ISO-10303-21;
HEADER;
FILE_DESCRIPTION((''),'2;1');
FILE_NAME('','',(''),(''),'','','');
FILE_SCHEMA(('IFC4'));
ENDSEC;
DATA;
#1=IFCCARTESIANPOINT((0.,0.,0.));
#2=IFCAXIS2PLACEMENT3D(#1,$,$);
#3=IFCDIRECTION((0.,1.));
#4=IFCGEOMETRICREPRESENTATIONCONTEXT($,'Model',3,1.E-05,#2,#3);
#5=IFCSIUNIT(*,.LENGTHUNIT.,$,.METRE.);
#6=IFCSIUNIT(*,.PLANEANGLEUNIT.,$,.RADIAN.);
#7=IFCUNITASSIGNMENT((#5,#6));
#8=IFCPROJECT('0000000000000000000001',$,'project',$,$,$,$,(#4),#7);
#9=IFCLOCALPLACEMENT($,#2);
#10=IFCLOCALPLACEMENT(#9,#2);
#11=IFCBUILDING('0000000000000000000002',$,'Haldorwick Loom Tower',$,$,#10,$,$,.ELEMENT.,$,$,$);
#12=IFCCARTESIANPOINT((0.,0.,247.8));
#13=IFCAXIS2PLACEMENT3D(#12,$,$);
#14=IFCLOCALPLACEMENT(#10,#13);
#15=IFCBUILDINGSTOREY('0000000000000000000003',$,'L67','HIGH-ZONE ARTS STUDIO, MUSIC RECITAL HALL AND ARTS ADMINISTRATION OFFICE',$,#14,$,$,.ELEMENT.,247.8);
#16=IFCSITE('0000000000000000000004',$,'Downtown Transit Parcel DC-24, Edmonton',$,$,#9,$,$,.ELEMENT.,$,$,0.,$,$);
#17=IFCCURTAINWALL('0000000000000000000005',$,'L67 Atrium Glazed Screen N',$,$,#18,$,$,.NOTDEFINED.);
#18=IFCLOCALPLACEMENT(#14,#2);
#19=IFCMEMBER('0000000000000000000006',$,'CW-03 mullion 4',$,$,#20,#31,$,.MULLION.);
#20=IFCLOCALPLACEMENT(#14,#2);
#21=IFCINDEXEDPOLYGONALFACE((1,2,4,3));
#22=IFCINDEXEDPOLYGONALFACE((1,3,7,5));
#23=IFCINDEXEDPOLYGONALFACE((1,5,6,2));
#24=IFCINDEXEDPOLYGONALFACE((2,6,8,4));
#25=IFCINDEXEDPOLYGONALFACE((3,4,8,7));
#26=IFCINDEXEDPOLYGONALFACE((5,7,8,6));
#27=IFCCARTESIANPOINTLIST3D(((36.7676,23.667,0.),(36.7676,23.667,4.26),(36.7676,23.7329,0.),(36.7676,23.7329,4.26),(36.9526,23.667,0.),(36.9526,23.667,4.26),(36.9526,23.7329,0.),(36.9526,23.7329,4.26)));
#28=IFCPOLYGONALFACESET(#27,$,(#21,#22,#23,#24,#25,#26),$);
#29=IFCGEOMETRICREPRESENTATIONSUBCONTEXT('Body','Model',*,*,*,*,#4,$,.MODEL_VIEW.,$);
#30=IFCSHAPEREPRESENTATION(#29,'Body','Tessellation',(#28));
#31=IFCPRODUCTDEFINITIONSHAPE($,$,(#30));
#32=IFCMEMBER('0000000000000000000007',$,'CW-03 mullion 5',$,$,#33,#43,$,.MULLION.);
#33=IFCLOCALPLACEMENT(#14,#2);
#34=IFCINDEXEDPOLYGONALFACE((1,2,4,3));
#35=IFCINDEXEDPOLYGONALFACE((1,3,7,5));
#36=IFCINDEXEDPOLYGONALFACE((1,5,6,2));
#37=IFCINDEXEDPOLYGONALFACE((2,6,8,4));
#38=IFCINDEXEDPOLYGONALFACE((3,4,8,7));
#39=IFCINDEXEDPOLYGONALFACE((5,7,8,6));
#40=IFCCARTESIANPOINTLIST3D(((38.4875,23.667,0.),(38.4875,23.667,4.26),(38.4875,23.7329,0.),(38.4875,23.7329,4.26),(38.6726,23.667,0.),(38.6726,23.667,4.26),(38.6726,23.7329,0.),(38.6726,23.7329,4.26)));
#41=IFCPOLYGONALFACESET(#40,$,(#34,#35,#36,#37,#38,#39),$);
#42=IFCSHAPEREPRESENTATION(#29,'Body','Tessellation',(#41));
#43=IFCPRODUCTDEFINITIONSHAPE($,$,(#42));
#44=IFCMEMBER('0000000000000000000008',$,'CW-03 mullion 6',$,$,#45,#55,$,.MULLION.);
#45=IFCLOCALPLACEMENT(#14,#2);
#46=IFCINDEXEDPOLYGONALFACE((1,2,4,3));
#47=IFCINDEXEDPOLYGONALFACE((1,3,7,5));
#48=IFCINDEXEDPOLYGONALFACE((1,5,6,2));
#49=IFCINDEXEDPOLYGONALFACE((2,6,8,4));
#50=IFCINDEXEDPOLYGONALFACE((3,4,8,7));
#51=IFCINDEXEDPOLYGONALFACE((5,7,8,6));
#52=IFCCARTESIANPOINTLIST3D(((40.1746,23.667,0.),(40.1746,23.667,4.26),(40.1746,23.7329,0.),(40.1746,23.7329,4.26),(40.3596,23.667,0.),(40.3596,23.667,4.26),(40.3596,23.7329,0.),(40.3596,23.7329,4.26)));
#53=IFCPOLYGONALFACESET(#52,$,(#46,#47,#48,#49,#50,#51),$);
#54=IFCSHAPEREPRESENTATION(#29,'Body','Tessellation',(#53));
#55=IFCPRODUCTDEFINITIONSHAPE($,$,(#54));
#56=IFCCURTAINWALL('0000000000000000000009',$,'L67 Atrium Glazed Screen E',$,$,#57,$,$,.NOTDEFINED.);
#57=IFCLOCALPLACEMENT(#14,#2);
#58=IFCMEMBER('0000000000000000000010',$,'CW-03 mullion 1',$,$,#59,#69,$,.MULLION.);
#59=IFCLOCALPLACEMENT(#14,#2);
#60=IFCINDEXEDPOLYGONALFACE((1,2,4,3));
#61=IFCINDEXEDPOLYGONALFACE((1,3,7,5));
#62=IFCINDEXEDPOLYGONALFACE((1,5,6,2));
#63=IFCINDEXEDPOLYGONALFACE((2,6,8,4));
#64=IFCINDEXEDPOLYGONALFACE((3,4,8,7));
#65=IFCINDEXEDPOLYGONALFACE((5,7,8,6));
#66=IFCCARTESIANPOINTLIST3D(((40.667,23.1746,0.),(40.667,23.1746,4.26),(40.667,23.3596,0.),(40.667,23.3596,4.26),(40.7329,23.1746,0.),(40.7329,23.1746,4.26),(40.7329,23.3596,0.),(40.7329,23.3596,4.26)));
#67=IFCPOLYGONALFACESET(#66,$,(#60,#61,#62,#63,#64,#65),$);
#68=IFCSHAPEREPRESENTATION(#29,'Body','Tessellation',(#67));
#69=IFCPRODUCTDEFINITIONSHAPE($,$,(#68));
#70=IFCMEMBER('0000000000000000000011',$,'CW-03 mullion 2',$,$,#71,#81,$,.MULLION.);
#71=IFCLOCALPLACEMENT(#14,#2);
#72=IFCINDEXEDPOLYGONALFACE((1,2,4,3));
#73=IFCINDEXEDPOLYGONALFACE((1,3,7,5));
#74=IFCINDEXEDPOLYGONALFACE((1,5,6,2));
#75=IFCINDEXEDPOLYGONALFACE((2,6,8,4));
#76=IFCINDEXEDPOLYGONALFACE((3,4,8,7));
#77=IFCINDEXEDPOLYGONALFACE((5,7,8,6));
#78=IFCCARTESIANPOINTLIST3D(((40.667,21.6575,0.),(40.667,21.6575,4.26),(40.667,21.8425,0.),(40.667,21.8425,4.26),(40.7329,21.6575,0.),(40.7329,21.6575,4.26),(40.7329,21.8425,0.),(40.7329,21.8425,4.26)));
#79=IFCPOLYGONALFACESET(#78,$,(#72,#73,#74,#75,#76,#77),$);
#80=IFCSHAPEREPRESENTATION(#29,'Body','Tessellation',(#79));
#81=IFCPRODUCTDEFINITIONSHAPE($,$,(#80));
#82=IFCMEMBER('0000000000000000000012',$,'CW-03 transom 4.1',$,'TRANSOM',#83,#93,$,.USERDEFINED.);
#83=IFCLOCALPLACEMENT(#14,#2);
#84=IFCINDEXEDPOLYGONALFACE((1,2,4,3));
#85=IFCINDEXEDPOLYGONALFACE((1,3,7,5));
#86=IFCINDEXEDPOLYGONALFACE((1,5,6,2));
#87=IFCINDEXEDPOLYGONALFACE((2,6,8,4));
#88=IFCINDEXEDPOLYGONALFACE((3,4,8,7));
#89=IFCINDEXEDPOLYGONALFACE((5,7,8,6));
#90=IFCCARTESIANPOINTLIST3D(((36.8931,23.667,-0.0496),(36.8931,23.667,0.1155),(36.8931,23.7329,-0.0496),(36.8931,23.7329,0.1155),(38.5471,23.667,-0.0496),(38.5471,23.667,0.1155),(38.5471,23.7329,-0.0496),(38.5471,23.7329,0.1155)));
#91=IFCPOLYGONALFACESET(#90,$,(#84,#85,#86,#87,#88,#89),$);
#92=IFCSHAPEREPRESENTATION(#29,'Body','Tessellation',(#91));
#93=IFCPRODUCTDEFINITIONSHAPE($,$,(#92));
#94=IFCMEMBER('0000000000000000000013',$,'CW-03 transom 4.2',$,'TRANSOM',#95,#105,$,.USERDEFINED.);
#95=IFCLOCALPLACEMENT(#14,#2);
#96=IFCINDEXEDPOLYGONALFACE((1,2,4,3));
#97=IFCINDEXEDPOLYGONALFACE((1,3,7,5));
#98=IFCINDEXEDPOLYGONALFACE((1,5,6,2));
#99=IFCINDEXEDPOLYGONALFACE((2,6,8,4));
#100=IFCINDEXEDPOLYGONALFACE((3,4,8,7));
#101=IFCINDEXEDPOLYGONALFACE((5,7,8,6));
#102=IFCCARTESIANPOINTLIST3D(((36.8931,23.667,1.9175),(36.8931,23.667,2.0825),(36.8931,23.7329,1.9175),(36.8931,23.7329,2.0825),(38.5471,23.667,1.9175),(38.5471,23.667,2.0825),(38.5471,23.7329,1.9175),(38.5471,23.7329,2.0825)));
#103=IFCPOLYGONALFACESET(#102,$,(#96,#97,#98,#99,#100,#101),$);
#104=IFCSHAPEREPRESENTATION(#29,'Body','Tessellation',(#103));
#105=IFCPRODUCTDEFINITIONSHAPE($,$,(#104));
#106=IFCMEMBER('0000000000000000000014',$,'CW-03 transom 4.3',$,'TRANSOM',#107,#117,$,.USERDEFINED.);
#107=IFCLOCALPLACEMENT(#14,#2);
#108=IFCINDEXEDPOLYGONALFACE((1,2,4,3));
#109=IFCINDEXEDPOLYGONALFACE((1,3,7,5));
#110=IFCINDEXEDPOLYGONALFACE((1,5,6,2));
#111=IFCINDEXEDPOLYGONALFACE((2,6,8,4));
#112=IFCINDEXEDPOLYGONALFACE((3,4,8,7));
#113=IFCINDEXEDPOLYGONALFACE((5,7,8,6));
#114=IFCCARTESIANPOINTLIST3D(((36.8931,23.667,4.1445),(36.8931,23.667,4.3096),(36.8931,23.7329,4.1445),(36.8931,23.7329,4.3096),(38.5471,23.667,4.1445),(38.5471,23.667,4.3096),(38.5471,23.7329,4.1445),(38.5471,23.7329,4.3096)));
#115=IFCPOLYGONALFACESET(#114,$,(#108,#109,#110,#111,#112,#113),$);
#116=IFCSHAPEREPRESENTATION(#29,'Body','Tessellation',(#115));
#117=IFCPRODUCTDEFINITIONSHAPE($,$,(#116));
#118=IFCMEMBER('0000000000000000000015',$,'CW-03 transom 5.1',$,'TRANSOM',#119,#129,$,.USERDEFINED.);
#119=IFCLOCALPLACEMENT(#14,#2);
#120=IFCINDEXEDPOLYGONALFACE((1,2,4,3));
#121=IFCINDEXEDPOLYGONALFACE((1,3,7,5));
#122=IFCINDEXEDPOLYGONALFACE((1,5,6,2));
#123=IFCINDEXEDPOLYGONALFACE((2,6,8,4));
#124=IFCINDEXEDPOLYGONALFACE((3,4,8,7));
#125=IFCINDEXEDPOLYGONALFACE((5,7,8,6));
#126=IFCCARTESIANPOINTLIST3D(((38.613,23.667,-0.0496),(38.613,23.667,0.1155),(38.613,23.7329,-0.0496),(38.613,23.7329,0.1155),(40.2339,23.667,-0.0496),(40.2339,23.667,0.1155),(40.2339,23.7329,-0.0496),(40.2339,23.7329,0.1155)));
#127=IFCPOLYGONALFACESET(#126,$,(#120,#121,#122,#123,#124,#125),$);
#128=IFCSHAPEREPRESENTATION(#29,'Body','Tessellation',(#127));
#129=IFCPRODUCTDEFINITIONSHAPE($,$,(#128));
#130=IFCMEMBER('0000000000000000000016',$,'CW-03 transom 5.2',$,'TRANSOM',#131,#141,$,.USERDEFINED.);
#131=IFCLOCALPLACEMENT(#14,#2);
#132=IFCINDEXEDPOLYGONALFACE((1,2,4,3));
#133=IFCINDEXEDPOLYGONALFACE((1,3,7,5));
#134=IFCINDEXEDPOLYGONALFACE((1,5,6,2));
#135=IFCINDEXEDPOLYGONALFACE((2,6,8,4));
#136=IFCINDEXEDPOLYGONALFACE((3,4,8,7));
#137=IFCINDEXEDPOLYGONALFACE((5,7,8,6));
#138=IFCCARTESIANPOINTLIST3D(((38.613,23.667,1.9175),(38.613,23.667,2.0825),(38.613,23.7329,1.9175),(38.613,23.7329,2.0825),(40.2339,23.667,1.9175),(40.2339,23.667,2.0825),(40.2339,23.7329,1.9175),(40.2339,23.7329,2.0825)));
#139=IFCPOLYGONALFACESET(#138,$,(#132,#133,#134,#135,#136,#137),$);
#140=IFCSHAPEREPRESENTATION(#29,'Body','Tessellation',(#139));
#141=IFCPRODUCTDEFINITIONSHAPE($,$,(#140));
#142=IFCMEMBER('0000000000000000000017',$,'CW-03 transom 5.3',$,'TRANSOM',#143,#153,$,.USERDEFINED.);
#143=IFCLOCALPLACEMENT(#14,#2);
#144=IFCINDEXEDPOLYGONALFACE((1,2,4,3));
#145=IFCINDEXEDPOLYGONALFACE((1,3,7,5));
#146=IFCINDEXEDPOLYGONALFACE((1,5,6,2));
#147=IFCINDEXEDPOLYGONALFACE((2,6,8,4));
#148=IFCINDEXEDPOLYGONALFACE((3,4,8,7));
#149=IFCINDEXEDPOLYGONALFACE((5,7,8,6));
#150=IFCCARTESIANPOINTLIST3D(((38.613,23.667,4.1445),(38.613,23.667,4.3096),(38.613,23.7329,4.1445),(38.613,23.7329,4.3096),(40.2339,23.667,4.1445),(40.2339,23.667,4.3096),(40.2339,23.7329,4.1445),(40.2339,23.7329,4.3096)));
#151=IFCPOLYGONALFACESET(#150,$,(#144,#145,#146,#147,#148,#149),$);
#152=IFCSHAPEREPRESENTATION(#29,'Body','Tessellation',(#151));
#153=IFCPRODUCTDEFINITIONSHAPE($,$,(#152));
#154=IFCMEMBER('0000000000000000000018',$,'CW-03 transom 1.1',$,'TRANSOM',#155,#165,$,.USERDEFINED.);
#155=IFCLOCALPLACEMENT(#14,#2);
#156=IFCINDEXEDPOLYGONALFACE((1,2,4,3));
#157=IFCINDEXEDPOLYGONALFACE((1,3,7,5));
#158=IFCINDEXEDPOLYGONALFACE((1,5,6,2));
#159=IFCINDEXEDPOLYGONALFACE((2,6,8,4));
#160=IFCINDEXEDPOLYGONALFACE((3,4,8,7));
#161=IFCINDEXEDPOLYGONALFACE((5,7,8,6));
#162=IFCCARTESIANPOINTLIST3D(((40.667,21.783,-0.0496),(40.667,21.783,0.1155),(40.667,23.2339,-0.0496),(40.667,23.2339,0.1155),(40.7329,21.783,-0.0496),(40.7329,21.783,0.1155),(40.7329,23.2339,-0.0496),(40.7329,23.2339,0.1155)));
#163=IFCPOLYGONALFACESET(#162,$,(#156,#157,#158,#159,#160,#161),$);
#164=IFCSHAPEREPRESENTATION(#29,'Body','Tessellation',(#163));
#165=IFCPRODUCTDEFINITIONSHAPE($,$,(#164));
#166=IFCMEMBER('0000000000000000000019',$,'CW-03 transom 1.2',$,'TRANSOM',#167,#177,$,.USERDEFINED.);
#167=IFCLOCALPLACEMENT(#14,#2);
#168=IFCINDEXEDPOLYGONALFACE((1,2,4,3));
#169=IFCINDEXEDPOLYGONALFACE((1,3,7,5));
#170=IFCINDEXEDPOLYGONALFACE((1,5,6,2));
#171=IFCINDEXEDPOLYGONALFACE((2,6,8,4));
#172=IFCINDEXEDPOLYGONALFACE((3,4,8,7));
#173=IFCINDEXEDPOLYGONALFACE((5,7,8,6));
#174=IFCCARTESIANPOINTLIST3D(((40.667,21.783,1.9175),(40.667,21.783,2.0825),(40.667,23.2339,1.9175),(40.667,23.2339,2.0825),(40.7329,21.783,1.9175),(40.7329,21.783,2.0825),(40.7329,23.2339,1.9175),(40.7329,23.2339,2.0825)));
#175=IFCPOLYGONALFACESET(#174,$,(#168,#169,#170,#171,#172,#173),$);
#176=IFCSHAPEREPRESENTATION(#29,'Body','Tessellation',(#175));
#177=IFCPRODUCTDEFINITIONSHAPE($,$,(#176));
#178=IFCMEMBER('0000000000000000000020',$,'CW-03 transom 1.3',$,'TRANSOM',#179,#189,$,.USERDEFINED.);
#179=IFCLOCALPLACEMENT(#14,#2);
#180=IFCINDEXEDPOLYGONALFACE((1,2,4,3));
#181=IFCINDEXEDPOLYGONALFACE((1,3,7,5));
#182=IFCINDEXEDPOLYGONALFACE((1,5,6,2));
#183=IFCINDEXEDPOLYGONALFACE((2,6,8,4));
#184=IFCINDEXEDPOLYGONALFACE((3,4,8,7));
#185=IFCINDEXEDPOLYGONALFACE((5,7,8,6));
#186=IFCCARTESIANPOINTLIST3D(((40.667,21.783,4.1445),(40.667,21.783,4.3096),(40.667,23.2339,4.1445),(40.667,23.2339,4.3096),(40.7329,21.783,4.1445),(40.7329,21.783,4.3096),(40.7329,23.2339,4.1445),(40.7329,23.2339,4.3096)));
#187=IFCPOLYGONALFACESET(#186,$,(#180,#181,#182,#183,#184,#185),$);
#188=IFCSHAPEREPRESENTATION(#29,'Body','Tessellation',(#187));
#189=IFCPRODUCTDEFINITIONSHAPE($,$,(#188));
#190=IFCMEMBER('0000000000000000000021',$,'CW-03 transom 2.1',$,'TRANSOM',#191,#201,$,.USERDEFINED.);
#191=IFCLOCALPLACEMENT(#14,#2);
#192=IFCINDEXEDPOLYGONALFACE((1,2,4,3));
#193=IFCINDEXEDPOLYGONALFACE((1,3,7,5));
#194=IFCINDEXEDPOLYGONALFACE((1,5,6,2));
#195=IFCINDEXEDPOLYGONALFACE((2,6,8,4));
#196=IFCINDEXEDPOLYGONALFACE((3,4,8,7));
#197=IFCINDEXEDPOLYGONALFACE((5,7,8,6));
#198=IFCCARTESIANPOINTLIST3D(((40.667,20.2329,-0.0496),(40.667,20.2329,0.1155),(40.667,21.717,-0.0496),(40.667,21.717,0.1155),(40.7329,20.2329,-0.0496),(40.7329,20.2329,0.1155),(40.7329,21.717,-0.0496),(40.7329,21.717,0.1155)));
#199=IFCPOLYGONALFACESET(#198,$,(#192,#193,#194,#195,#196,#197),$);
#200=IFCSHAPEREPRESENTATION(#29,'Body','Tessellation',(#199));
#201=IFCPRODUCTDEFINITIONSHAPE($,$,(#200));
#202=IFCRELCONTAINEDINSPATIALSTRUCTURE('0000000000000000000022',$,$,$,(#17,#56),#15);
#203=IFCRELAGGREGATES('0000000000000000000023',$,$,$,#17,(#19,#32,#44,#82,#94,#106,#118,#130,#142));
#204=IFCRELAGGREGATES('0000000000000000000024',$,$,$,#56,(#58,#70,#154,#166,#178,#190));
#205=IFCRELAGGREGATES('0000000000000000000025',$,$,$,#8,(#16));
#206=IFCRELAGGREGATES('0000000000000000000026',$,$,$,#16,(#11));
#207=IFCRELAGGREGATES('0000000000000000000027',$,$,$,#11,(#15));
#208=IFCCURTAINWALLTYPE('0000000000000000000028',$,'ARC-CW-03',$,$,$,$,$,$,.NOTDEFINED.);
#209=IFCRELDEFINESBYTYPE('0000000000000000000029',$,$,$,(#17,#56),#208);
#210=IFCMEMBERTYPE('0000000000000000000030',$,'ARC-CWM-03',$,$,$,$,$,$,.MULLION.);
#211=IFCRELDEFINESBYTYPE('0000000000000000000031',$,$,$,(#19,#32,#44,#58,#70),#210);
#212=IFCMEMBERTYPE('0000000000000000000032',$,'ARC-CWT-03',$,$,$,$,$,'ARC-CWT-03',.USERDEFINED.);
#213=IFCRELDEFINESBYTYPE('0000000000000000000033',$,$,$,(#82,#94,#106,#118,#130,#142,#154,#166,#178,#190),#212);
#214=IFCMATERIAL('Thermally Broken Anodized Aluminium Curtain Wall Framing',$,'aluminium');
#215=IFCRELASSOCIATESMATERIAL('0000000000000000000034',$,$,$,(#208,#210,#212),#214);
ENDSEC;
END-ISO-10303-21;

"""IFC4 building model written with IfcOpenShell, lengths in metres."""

from ifc_helpers import new_model, si_unit, direction, frame, origin, origin_2d, place, context, subcontext, project, spatial, rectangle, extrude, material, material_profile, profile_set, type_object, element, aggregate, save


model = new_model("IFC4")

# Units and contexts
model_context = context("Model", 3, precision=1e-05, world=origin(), true_north=direction((0.0, 1.0)))
body_context = subcontext(model_context, "Body", "Model", "MODEL_VIEW")
ifc_project = project(units=[si_unit("LENGTHUNIT", "METRE"), si_unit("PLANEANGLEUNIT", "RADIAN")], contexts=[model_context])

# Site, building, storey
site_placement = place(None, origin())
site = spatial("IfcSite", under=ifc_project, at=site_placement, Name="Downtown Transit Parcel DC-24, Edmonton", CompositionType="ELEMENT", RefElevation=0.0)
building_placement = place(site_placement, origin())
building = spatial("IfcBuilding", under=site, at=building_placement, Name="Haldorwick Loom Tower", CompositionType="ELEMENT")
storey_placement = place(building_placement, frame((0.0, 0.0, 247.8)))
storey = spatial("IfcBuildingStorey", under=building, at=storey_placement, Name="L67", Description="HIGH-ZONE ARTS STUDIO, MUSIC RECITAL HALL AND ARTS ADMINISTRATION OFFICE", CompositionType="ELEMENT", Elevation=247.8)

# Curtain walls, members
ifc_material_1 = material(Name="Thermally Broken Anodized Aluminium Curtain Wall Framing", Category="aluminium")
curtain_wall_type = type_object("IfcCurtainWallType", Name="ARC-CW-03", PredefinedType="NOTDEFINED", material=ifc_material_1)
curtain_wall_1_placement = place(storey_placement, origin())
curtain_wall_1 = element("IfcCurtainWall", 1, at=curtain_wall_1_placement, inside=storey, type_object=curtain_wall_type, Name="L67 Atrium Glazed Screen N", PredefinedType="NOTDEFINED")
ifc_material_profile_1 = material_profile(ifc_material_1, rectangle(XDim=0.0659, YDim=0.1851, at=origin_2d()), Name="ALU_MUL_66X185", Category="aluminium")
ifc_profile_set_1 = profile_set([ifc_material_profile_1], Name="Thermally Broken Anodized Aluminium Curtain Wall Framing")
member_type_1 = type_object("IfcMemberType", Name="ARC-CWM-03", PredefinedType="MULLION", material=ifc_profile_set_1)
member_1_placement = place(storey_placement, frame((36.8601, 23.7, 0.0), z_axis=(0.0, 0.0, 1.0), x_axis=(0.0, 1.0, 0.0)))
member_1 = element("IfcMember", 2, at=member_1_placement, type_object=member_type_1, Name="CW-03 mullion 4", PredefinedType="MULLION", context=body_context, shape_type="SweptSolid", body=[
    extrude(rectangle(XDim=0.0659, YDim=0.1851, at=origin_2d()), origin(), (0.0, 0.0, 1.0), 4.26),
])
member_2_placement = place(storey_placement, frame((38.5801, 23.7, 0.0), z_axis=(0.0, 0.0, 1.0), x_axis=(0.0, 1.0, 0.0)))
member_2 = element("IfcMember", 3, at=member_2_placement, type_object=member_type_1, Name="CW-03 mullion 5", PredefinedType="MULLION", context=body_context, shape_type="SweptSolid", body=[
    extrude(rectangle(XDim=0.0659, YDim=0.1851, at=origin_2d()), origin(), (0.0, 0.0, 1.0), 4.26),
])
member_3_placement = place(storey_placement, frame((40.2671, 23.7, 0.0), z_axis=(0.0, 0.0, 1.0), x_axis=(0.0, 1.0, 0.0)))
member_3 = element("IfcMember", 4, at=member_3_placement, type_object=member_type_1, Name="CW-03 mullion 6", PredefinedType="MULLION", context=body_context, shape_type="SweptSolid", body=[
    extrude(rectangle(XDim=0.0659, YDim=0.1851, at=origin_2d()), origin(), (0.0, 0.0, 1.0), 4.26),
])
curtain_wall_2_placement = place(storey_placement, origin())
curtain_wall_2 = element("IfcCurtainWall", 5, at=curtain_wall_2_placement, inside=storey, type_object=curtain_wall_type, Name="L67 Atrium Glazed Screen E", PredefinedType="NOTDEFINED")
member_4_placement = place(storey_placement, frame((40.7, 23.2671, 0.0), z_axis=(0.0, 0.0, 1.0), x_axis=(1.0, 0.0, 0.0)))
member_4 = element("IfcMember", 6, at=member_4_placement, type_object=member_type_1, Name="CW-03 mullion 1", PredefinedType="MULLION", context=body_context, shape_type="SweptSolid", body=[
    extrude(rectangle(XDim=0.0659, YDim=0.1851, at=origin_2d()), origin(), (0.0, 0.0, 1.0), 4.26),
])
member_5_placement = place(storey_placement, frame((40.7, 21.75, 0.0), z_axis=(0.0, 0.0, 1.0), x_axis=(1.0, 0.0, 0.0)))
member_5 = element("IfcMember", 7, at=member_5_placement, type_object=member_type_1, Name="CW-03 mullion 2", PredefinedType="MULLION", context=body_context, shape_type="SweptSolid", body=[
    extrude(rectangle(XDim=0.0659, YDim=0.1851, at=origin_2d()), origin(), (0.0, 0.0, 1.0), 4.26),
])

# Members
ifc_material_profile_2 = material_profile(ifc_material_1, rectangle(XDim=0.0659, YDim=0.165, at=origin_2d()), Name="ALU_TRN_66X165", Category="aluminium")
ifc_profile_set_2 = profile_set([ifc_material_profile_2], Name="Thermally Broken Anodized Aluminium Curtain Wall Framing")
member_type_2 = type_object("IfcMemberType", Name="ARC-CWT-03", ElementType="ARC-CWT-03", PredefinedType="USERDEFINED", material=ifc_profile_set_2)
member_6_placement = place(storey_placement, frame((36.8931, 23.7, 0.033), z_axis=(1.0, 0.0, 0.0), x_axis=(0.0, 1.0, 0.0)))
member_6 = element("IfcMember", 8, at=member_6_placement, type_object=member_type_2, Name="CW-03 transom 4.1", ObjectType="TRANSOM", PredefinedType="USERDEFINED", context=body_context, shape_type="SweptSolid", body=[
    extrude(rectangle(XDim=0.0659, YDim=0.165, at=origin_2d()), origin(), (0.0, 0.0, 1.0), 1.6541),
])
member_7_placement = place(storey_placement, frame((36.8931, 23.7, 2.0), z_axis=(1.0, 0.0, 0.0), x_axis=(0.0, 1.0, 0.0)))
member_7 = element("IfcMember", 9, at=member_7_placement, type_object=member_type_2, Name="CW-03 transom 4.2", ObjectType="TRANSOM", PredefinedType="USERDEFINED", context=body_context, shape_type="SweptSolid", body=[
    extrude(rectangle(XDim=0.0659, YDim=0.165, at=origin_2d()), origin(), (0.0, 0.0, 1.0), 1.6541),
])
member_8_placement = place(storey_placement, frame((36.8931, 23.7, 4.2271), z_axis=(1.0, 0.0, 0.0), x_axis=(0.0, 1.0, 0.0)))
member_8 = element("IfcMember", 10, at=member_8_placement, type_object=member_type_2, Name="CW-03 transom 4.3", ObjectType="TRANSOM", PredefinedType="USERDEFINED", context=body_context, shape_type="SweptSolid", body=[
    extrude(rectangle(XDim=0.0659, YDim=0.165, at=origin_2d()), origin(), (0.0, 0.0, 1.0), 1.6541),
])
member_9_placement = place(storey_placement, frame((38.613, 23.7, 0.033), z_axis=(1.0, 0.0, 0.0), x_axis=(0.0, 1.0, 0.0)))
member_9 = element("IfcMember", 11, at=member_9_placement, type_object=member_type_2, Name="CW-03 transom 5.1", ObjectType="TRANSOM", PredefinedType="USERDEFINED", context=body_context, shape_type="SweptSolid", body=[
    extrude(rectangle(XDim=0.0659, YDim=0.165, at=origin_2d()), origin(), (0.0, 0.0, 1.0), 1.6208),
])
member_10_placement = place(storey_placement, frame((38.613, 23.7, 2.0), z_axis=(1.0, 0.0, 0.0), x_axis=(0.0, 1.0, 0.0)))
member_10 = element("IfcMember", 12, at=member_10_placement, type_object=member_type_2, Name="CW-03 transom 5.2", ObjectType="TRANSOM", PredefinedType="USERDEFINED", context=body_context, shape_type="SweptSolid", body=[
    extrude(rectangle(XDim=0.0659, YDim=0.165, at=origin_2d()), origin(), (0.0, 0.0, 1.0), 1.6208),
])
member_11_placement = place(storey_placement, frame((38.613, 23.7, 4.2271), z_axis=(1.0, 0.0, 0.0), x_axis=(0.0, 1.0, 0.0)))
member_11 = element("IfcMember", 13, at=member_11_placement, type_object=member_type_2, Name="CW-03 transom 5.3", ObjectType="TRANSOM", PredefinedType="USERDEFINED", context=body_context, shape_type="SweptSolid", body=[
    extrude(rectangle(XDim=0.0659, YDim=0.165, at=origin_2d()), origin(), (0.0, 0.0, 1.0), 1.6208),
])
member_12_placement = place(storey_placement, frame((40.7, 23.2339, 0.033), z_axis=(0.0, -1.0, 0.0), x_axis=(1.0, 0.0, 0.0)))
member_12 = element("IfcMember", 14, at=member_12_placement, type_object=member_type_2, Name="CW-03 transom 1.1", ObjectType="TRANSOM", PredefinedType="USERDEFINED", context=body_context, shape_type="SweptSolid", body=[
    extrude(rectangle(XDim=0.0659, YDim=0.165, at=origin_2d()), origin(), (0.0, 0.0, 1.0), 1.4509),
])
member_13_placement = place(storey_placement, frame((40.7, 23.2339, 2.0), z_axis=(0.0, -1.0, 0.0), x_axis=(1.0, 0.0, 0.0)))
member_13 = element("IfcMember", 15, at=member_13_placement, type_object=member_type_2, Name="CW-03 transom 1.2", ObjectType="TRANSOM", PredefinedType="USERDEFINED", context=body_context, shape_type="SweptSolid", body=[
    extrude(rectangle(XDim=0.0659, YDim=0.165, at=origin_2d()), origin(), (0.0, 0.0, 1.0), 1.4509),
])
member_14_placement = place(storey_placement, frame((40.7, 23.2339, 4.2271), z_axis=(0.0, -1.0, 0.0), x_axis=(1.0, 0.0, 0.0)))
member_14 = element("IfcMember", 16, at=member_14_placement, type_object=member_type_2, Name="CW-03 transom 1.3", ObjectType="TRANSOM", PredefinedType="USERDEFINED", context=body_context, shape_type="SweptSolid", body=[
    extrude(rectangle(XDim=0.0659, YDim=0.165, at=origin_2d()), origin(), (0.0, 0.0, 1.0), 1.4509),
])
member_15_placement = place(storey_placement, frame((40.7, 21.717, 0.033), z_axis=(0.0, -1.0, 0.0), x_axis=(1.0, 0.0, 0.0)))
member_15 = element("IfcMember", 17, at=member_15_placement, type_object=member_type_2, Name="CW-03 transom 2.1", ObjectType="TRANSOM", PredefinedType="USERDEFINED", context=body_context, shape_type="SweptSolid", body=[
    extrude(rectangle(XDim=0.0659, YDim=0.165, at=origin_2d()), origin(), (0.0, 0.0, 1.0), 1.4841),
])

aggregate(curtain_wall_1, [member_1, member_2, member_3, member_6, member_7, member_8, member_9, member_10, member_11])
aggregate(curtain_wall_2, [member_4, member_5, member_12, member_13, member_14, member_15])

save(model, "model.ifc")
